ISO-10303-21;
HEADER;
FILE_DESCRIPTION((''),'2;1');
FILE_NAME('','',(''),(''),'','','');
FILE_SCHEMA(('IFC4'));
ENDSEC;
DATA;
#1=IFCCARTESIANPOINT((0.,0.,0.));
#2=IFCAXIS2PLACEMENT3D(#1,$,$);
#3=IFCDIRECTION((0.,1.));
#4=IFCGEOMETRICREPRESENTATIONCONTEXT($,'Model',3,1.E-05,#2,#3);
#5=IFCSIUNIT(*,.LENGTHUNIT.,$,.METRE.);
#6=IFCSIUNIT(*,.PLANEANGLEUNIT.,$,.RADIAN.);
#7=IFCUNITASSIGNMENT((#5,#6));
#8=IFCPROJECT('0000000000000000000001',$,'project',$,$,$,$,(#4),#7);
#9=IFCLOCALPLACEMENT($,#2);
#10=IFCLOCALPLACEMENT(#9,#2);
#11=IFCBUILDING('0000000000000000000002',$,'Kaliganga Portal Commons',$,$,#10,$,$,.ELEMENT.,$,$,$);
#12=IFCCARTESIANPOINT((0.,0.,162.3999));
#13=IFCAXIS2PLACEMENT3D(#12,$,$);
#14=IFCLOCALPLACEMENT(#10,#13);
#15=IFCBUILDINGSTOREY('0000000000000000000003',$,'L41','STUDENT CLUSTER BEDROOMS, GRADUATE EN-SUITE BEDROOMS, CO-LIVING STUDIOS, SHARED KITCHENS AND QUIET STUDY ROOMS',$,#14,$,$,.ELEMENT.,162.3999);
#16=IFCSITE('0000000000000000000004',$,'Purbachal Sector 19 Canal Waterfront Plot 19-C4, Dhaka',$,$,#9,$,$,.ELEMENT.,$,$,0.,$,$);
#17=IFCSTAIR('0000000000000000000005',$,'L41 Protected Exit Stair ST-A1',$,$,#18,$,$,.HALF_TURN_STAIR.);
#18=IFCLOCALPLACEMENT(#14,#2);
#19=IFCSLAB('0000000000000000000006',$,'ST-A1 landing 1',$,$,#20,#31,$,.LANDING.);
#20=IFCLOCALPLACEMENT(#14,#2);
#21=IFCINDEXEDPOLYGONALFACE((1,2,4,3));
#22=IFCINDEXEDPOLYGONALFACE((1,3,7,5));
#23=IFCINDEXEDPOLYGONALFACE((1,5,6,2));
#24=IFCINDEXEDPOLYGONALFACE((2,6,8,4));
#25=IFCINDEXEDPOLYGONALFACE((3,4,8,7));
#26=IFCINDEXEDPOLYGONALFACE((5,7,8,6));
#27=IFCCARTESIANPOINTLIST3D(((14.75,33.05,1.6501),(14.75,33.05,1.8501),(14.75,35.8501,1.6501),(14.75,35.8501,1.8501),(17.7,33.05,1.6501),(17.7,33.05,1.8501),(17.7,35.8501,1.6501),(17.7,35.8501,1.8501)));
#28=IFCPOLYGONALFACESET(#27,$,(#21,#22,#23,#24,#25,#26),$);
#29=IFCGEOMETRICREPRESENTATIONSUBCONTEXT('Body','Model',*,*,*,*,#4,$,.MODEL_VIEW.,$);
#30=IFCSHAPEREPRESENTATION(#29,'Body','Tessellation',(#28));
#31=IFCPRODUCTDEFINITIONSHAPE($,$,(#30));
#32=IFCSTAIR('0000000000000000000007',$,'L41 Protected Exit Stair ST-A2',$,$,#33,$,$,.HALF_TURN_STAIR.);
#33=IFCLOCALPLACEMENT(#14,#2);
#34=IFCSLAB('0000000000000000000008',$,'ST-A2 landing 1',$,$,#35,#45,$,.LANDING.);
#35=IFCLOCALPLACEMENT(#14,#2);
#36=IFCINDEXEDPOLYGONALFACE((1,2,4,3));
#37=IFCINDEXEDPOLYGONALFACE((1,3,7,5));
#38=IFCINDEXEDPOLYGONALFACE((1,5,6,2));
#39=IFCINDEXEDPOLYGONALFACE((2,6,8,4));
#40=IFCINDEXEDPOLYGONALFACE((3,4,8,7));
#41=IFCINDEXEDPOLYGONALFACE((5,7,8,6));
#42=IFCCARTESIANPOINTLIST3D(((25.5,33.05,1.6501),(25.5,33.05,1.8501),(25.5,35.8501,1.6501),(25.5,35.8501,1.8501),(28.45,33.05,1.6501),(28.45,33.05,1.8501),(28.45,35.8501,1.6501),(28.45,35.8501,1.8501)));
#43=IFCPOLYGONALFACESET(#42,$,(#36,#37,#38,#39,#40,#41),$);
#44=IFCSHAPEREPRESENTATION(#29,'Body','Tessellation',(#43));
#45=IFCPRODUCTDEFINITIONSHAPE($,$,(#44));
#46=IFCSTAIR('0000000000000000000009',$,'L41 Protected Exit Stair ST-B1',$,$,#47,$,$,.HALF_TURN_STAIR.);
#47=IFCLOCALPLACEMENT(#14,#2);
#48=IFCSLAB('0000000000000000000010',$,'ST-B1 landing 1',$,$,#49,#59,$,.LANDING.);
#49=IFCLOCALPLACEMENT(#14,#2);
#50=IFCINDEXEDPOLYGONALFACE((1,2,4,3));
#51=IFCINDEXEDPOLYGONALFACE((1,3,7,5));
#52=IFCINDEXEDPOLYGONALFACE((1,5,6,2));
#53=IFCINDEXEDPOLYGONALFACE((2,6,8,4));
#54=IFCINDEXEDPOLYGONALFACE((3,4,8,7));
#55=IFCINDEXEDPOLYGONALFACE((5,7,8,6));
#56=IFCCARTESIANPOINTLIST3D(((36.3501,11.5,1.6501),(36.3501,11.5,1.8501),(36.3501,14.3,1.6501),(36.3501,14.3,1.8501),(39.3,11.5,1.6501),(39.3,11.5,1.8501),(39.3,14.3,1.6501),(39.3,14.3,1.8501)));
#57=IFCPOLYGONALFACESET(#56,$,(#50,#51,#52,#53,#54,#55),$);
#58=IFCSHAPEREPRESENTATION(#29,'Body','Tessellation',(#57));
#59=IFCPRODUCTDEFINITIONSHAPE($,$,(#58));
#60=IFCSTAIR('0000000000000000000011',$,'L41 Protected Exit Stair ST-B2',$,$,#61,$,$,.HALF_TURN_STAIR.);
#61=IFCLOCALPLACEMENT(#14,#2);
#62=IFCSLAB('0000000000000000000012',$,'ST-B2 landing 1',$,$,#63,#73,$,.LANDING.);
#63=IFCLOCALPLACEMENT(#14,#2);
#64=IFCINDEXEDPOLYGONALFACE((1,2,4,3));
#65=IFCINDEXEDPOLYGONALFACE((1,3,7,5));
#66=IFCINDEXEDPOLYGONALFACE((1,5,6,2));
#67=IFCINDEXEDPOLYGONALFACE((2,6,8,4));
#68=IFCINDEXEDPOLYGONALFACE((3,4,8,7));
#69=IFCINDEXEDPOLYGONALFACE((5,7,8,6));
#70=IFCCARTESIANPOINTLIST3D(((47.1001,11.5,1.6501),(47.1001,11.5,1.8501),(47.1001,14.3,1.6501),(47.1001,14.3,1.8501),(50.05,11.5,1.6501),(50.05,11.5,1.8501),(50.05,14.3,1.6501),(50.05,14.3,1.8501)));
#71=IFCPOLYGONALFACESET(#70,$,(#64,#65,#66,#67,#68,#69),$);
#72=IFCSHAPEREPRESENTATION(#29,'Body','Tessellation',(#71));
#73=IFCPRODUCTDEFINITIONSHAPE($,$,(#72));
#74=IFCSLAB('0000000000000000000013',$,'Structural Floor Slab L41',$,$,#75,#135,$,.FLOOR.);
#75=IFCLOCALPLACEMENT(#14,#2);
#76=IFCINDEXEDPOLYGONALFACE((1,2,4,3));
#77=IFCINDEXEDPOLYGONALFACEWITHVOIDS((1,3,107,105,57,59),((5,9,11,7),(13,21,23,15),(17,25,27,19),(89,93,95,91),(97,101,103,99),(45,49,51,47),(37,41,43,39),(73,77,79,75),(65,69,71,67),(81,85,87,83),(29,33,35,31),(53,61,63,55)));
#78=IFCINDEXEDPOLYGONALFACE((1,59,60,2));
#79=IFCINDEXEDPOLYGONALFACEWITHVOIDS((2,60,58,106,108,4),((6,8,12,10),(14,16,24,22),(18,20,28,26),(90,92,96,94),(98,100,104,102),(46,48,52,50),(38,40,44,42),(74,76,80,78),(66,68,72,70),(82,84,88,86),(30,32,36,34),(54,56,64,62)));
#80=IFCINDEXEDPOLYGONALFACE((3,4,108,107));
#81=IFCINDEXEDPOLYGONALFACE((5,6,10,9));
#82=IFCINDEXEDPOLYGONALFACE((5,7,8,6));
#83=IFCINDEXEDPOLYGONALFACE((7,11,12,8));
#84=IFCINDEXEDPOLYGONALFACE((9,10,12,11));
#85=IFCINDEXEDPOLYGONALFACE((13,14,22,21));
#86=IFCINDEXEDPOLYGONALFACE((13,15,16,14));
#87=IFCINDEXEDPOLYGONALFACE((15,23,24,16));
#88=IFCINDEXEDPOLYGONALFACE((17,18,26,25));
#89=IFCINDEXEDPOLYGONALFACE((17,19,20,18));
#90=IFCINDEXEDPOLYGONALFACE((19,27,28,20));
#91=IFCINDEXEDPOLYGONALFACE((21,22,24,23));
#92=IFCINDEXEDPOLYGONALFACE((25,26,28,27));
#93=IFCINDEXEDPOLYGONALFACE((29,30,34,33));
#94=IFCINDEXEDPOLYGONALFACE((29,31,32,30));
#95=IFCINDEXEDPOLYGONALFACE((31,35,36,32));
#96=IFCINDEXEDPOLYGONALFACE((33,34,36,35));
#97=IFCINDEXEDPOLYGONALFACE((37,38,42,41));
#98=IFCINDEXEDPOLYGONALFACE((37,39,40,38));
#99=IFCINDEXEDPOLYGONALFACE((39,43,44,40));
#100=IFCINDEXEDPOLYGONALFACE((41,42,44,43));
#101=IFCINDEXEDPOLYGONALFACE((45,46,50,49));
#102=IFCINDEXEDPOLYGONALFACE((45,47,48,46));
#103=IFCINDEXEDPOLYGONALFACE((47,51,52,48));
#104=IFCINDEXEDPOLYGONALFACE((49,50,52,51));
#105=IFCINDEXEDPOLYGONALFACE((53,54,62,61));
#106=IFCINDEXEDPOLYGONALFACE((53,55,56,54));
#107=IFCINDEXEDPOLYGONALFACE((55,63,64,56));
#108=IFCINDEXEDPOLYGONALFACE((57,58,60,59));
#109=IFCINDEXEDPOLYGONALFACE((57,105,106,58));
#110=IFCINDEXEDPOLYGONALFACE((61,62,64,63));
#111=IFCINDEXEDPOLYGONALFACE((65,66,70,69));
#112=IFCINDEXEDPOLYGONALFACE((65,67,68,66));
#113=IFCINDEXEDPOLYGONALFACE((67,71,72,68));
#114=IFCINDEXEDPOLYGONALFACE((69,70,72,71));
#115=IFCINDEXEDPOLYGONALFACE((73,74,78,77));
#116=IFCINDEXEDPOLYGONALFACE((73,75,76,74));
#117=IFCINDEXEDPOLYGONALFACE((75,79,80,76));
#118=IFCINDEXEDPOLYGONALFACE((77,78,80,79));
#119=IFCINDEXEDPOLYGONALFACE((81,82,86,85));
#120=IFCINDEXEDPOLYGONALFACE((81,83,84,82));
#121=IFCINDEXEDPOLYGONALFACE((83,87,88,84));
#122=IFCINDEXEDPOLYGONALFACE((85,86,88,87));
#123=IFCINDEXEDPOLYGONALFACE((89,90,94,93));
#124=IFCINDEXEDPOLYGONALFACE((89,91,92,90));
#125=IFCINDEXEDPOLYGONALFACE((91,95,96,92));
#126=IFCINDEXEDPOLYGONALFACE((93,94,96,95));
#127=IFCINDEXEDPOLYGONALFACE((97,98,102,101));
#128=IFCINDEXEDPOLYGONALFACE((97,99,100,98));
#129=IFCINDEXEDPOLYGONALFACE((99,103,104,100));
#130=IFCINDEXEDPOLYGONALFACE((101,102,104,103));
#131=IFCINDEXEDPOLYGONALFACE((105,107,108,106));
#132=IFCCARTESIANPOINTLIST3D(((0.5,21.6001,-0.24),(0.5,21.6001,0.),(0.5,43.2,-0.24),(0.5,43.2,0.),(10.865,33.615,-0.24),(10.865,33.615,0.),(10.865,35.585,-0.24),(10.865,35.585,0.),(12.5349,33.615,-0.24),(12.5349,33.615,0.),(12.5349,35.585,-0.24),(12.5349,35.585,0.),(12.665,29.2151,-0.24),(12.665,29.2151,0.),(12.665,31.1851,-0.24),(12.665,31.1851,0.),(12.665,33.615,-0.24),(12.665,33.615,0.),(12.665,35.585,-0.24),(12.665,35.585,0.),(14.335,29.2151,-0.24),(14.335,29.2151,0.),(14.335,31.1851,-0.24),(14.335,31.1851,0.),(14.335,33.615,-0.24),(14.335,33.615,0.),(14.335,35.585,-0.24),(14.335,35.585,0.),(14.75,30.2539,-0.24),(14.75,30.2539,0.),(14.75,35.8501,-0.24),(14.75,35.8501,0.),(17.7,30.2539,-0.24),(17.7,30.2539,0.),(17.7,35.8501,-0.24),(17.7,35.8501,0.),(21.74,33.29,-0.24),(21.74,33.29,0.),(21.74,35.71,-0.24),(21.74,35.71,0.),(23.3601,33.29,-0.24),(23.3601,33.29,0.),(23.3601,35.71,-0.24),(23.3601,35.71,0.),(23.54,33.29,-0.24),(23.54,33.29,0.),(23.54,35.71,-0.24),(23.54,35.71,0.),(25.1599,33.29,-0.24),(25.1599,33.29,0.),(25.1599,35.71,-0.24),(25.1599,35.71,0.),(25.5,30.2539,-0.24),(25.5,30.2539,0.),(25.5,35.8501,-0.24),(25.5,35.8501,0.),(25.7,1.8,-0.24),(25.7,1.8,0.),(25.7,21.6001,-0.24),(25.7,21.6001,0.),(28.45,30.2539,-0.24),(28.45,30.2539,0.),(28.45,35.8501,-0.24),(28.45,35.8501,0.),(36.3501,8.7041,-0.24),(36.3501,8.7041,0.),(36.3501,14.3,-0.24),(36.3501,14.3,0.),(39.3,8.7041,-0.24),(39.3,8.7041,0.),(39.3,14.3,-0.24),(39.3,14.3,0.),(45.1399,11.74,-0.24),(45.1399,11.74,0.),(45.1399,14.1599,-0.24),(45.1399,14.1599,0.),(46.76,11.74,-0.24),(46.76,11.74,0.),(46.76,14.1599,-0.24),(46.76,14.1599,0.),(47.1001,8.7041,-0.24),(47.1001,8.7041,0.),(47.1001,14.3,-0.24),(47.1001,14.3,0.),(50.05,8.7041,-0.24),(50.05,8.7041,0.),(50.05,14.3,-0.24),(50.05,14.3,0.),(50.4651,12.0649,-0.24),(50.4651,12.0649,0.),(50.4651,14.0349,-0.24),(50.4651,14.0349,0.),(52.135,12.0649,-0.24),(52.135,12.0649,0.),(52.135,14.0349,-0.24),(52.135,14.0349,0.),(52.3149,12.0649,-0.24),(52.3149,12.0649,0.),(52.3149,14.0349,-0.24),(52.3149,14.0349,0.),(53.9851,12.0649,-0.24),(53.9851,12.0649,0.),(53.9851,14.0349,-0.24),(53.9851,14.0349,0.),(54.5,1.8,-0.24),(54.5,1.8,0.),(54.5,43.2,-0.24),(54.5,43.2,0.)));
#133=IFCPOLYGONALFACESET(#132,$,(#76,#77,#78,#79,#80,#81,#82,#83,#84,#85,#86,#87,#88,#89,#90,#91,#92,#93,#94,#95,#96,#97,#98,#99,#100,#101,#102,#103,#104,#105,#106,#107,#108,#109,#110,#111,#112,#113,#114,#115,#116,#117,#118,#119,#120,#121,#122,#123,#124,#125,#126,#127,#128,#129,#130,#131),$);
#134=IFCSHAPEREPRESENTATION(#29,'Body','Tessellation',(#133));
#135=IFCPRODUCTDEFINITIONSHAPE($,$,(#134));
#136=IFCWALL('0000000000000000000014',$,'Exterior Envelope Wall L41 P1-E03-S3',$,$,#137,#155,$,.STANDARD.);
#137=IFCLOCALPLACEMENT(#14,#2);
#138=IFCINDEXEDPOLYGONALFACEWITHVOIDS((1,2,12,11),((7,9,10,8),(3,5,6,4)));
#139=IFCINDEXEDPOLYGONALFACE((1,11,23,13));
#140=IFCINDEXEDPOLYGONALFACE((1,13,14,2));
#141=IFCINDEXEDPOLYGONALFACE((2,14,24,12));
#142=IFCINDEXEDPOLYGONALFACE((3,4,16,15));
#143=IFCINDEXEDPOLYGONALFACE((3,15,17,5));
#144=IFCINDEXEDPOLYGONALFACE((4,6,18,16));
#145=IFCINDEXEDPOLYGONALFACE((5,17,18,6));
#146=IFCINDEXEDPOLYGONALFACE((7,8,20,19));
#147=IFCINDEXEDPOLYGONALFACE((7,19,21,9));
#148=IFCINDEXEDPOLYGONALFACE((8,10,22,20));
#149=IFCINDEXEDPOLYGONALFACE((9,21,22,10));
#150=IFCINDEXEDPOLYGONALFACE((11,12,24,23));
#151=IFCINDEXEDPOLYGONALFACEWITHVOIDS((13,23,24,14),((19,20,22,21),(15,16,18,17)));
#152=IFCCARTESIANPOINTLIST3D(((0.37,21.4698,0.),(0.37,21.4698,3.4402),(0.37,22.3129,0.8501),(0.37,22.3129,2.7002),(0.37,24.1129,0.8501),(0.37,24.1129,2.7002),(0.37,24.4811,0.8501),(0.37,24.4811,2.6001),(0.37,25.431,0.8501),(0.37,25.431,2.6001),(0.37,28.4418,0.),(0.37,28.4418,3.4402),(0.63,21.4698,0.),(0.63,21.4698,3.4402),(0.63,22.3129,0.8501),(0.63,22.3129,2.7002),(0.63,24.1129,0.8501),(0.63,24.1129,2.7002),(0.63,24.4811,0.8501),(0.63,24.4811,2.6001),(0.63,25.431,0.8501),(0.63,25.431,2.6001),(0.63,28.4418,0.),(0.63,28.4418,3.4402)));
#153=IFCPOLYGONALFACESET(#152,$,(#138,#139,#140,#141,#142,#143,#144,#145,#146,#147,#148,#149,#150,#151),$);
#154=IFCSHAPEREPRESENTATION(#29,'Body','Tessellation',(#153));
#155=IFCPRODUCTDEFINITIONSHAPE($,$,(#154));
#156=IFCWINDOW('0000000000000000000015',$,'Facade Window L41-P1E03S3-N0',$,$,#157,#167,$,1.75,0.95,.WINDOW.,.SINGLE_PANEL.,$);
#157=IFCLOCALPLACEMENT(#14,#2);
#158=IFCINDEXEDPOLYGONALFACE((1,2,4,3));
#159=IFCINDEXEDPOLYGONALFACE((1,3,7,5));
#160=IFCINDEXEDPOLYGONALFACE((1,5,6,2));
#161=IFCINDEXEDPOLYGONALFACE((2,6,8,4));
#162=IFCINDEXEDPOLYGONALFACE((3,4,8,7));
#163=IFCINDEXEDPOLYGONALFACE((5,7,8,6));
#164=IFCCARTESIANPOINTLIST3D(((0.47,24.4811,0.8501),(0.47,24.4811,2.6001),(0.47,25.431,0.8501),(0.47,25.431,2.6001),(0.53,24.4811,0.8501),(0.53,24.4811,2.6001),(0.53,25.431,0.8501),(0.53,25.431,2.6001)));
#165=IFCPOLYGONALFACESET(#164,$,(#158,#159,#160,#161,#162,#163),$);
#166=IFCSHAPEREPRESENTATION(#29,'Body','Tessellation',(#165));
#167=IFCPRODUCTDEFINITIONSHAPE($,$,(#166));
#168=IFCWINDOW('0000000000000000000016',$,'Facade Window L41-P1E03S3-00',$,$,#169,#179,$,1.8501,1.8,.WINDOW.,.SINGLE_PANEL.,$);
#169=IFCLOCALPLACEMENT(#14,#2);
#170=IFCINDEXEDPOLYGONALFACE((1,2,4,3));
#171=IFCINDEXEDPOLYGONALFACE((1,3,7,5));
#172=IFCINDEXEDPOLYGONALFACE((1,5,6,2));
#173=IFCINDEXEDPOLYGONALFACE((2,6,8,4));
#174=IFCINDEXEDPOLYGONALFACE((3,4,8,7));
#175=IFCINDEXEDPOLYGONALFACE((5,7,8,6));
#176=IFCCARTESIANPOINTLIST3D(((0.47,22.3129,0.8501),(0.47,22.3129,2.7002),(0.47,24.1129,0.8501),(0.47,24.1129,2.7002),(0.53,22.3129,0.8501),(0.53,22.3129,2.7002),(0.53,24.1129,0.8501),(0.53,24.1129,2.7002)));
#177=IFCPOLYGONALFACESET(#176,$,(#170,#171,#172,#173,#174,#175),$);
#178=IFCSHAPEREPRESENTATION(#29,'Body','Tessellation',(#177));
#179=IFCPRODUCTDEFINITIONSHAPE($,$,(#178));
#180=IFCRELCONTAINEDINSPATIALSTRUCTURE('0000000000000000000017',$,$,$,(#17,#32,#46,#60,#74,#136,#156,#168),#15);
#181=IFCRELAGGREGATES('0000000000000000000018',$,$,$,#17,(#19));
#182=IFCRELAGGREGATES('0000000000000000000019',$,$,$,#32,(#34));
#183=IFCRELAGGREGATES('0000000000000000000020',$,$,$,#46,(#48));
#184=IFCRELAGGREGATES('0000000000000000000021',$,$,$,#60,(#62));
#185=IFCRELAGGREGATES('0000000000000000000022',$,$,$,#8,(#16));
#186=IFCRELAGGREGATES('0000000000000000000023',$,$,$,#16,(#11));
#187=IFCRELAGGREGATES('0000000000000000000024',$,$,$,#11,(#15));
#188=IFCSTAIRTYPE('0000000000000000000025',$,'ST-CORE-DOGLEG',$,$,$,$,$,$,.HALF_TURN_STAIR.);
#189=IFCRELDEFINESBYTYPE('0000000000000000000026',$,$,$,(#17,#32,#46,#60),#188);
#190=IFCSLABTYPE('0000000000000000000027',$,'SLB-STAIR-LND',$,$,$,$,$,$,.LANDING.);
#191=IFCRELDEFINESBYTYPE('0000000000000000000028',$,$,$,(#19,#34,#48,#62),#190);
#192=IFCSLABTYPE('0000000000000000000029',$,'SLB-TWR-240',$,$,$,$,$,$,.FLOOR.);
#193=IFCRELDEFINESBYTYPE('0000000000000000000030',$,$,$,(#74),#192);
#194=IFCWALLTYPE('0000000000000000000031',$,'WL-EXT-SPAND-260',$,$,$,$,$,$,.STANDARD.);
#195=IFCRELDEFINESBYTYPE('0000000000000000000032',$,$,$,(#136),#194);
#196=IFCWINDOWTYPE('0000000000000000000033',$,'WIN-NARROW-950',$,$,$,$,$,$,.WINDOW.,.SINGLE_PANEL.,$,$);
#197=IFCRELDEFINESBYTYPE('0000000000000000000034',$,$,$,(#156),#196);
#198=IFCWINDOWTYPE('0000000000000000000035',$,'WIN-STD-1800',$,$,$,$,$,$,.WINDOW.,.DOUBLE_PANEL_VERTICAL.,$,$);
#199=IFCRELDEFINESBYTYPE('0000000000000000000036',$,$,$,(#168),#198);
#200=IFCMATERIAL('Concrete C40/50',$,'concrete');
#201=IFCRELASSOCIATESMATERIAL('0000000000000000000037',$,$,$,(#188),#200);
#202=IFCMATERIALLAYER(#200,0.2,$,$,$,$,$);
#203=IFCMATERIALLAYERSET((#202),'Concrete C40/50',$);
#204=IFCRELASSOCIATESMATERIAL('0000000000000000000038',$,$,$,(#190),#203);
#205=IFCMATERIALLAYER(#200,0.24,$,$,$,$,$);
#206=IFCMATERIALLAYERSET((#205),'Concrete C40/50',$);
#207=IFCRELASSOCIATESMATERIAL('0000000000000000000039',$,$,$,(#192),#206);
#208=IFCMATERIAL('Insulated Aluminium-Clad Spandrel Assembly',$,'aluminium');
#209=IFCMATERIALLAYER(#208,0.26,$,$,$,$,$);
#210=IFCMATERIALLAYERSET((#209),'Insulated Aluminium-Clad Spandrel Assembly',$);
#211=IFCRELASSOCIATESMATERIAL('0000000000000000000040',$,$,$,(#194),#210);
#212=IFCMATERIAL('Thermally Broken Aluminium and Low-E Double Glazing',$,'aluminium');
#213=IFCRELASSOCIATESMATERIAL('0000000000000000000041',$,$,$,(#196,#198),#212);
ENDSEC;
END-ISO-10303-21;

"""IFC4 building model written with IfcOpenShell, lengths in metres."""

from ifc_helpers import new_model, si_unit, direction, frame, frame_2d, origin, place, context, subcontext, project, spatial, polyline, rectangle, outline, extrude, material, layer, layer_set, type_object, element, fill, aggregate, save


model = new_model("IFC4")

# Units and contexts
model_context = context("Model", 3, precision=1e-05, world=origin(), true_north=direction((0.0, 1.0)))
body_context = subcontext(model_context, "Body", "Model", "MODEL_VIEW")
ifc_project = project(units=[si_unit("LENGTHUNIT", "METRE"), si_unit("PLANEANGLEUNIT", "RADIAN")], contexts=[model_context])

# Site, building, storey
site_placement = place(None, origin())
site = spatial("IfcSite", under=ifc_project, at=site_placement, Name="Purbachal Sector 19 Canal Waterfront Plot 19-C4, Dhaka", CompositionType="ELEMENT", RefElevation=0.0)
building_placement = place(site_placement, origin())
building = spatial("IfcBuilding", under=site, at=building_placement, Name="Kaliganga Portal Commons", CompositionType="ELEMENT")
storey_placement = place(building_placement, frame((0.0, 0.0, 162.3999)))
storey = spatial("IfcBuildingStorey", under=building, at=storey_placement, Name="L41", Description="STUDENT CLUSTER BEDROOMS, GRADUATE EN-SUITE BEDROOMS, CO-LIVING STUDIOS, SHARED KITCHENS AND QUIET STUDY ROOMS", CompositionType="ELEMENT", Elevation=162.3999)

# Shared definitions
ifc_material_1 = material(Name="Concrete C40/50", Category="concrete")

# Stairs, slabs
stair_type = type_object("IfcStairType", Name="ST-CORE-DOGLEG", PredefinedType="HALF_TURN_STAIR", material=ifc_material_1)
stair_1_placement = place(storey_placement, origin())
stair_1 = element("IfcStair", 1, at=stair_1_placement, inside=storey, type_object=stair_type, Name="L41 Protected Exit Stair ST-A1", PredefinedType="HALF_TURN_STAIR")
ifc_layer_1 = layer(ifc_material_1, 0.2)
ifc_layer_set_1 = layer_set([ifc_layer_1], Name="Concrete C40/50")
slab_type_1 = type_object("IfcSlabType", Name="SLB-STAIR-LND", PredefinedType="LANDING", material=ifc_layer_set_1)
slab_1_placement = place(storey_placement, frame((0.0, 0.0, 1.6501)))
slab_1 = element("IfcSlab", 2, at=slab_1_placement, type_object=slab_type_1, Name="ST-A1 landing 1", PredefinedType="LANDING", context=body_context, shape_type="SweptSolid", body=[
    extrude(outline(polyline([(17.7, 33.05), (17.7, 35.8501), (14.75, 35.8501), (14.75, 33.05), (17.7, 33.05)])), origin(), (0.0, 0.0, 1.0), 0.2),
])
aggregate(stair_1, [slab_1])
stair_2_placement = place(storey_placement, origin())
stair_2 = element("IfcStair", 3, at=stair_2_placement, inside=storey, type_object=stair_type, Name="L41 Protected Exit Stair ST-A2", PredefinedType="HALF_TURN_STAIR")
slab_2_placement = place(storey_placement, frame((0.0, 0.0, 1.6501)))
slab_2 = element("IfcSlab", 4, at=slab_2_placement, type_object=slab_type_1, Name="ST-A2 landing 1", PredefinedType="LANDING", context=body_context, shape_type="SweptSolid", body=[
    extrude(outline(polyline([(28.45, 33.05), (28.45, 35.8501), (25.5, 35.8501), (25.5, 33.05), (28.45, 33.05)])), origin(), (0.0, 0.0, 1.0), 0.2),
])
aggregate(stair_2, [slab_2])
stair_3_placement = place(storey_placement, origin())
stair_3 = element("IfcStair", 5, at=stair_3_placement, inside=storey, type_object=stair_type, Name="L41 Protected Exit Stair ST-B1", PredefinedType="HALF_TURN_STAIR")
slab_3_placement = place(storey_placement, frame((0.0, 0.0, 1.6501)))
slab_3 = element("IfcSlab", 6, at=slab_3_placement, type_object=slab_type_1, Name="ST-B1 landing 1", PredefinedType="LANDING", context=body_context, shape_type="SweptSolid", body=[
    extrude(outline(polyline([(39.3, 11.5), (39.3, 14.3), (36.3501, 14.3), (36.3501, 11.5), (39.3, 11.5)])), origin(), (0.0, 0.0, 1.0), 0.2),
])
aggregate(stair_3, [slab_3])
stair_4_placement = place(storey_placement, origin())
stair_4 = element("IfcStair", 7, at=stair_4_placement, inside=storey, type_object=stair_type, Name="L41 Protected Exit Stair ST-B2", PredefinedType="HALF_TURN_STAIR")
slab_4_placement = place(storey_placement, frame((0.0, 0.0, 1.6501)))
slab_4 = element("IfcSlab", 8, at=slab_4_placement, type_object=slab_type_1, Name="ST-B2 landing 1", PredefinedType="LANDING", context=body_context, shape_type="SweptSolid", body=[
    extrude(outline(polyline([(50.05, 11.5), (50.05, 14.3), (47.1001, 14.3), (47.1001, 11.5), (50.05, 11.5)])), origin(), (0.0, 0.0, 1.0), 0.2),
])
aggregate(stair_4, [slab_4])

# Slab
ifc_layer_2 = layer(ifc_material_1, 0.24)
ifc_layer_set_2 = layer_set([ifc_layer_2], Name="Concrete C40/50")
slab_type_2 = type_object("IfcSlabType", Name="SLB-TWR-240", PredefinedType="FLOOR", material=ifc_layer_set_2)
slab_5_placement = place(storey_placement, frame((0.0, 0.0, -0.24)))
element("IfcSlab", 9, at=slab_5_placement, inside=storey, type_object=slab_type_2, Name="Structural Floor Slab L41", PredefinedType="FLOOR", context=body_context, shape_type="SweptSolid", body=[
    extrude(outline(polyline([(25.7, 1.8), (54.5, 1.8), (54.5, 43.2), (0.5, 43.2), (0.5, 21.6001), (25.7, 21.6001), (25.7, 1.8)]), holes=[polyline([(14.75, 30.2539), (14.75, 35.8501), (17.7, 35.8501), (17.7, 30.2539), (14.75, 30.2539)]), polyline([(25.5, 30.2539), (25.5, 35.8501), (28.45, 35.8501), (28.45, 30.2539), (25.5, 30.2539)]), polyline([(36.3501, 8.7041), (36.3501, 14.3), (39.3, 14.3), (39.3, 8.7041), (36.3501, 8.7041)]), polyline([(47.1001, 8.7041), (47.1001, 14.3), (50.05, 14.3), (50.05, 8.7041), (47.1001, 8.7041)]), polyline([(12.665, 33.615), (12.665, 35.585), (14.335, 35.585), (14.335, 33.615), (12.665, 33.615)]), polyline([(12.665, 29.2151), (12.665, 31.1851), (14.335, 31.1851), (14.335, 29.2151), (12.665, 29.2151)]), polyline([(10.865, 33.615), (10.865, 35.585), (12.5349, 35.585), (12.5349, 33.615), (10.865, 33.615)]), polyline([(21.74, 33.29), (21.74, 35.71), (23.3601, 35.71), (23.3601, 33.29), (21.74, 33.29)]), polyline([(23.54, 33.29), (23.54, 35.71), (25.1599, 35.71), (25.1599, 33.29), (23.54, 33.29)]), polyline([(50.4651, 12.0649), (50.4651, 14.0349), (52.135, 14.0349), (52.135, 12.0649), (50.4651, 12.0649)]), polyline([(52.3149, 12.0649), (52.3149, 14.0349), (53.9851, 14.0349), (53.9851, 12.0649), (52.3149, 12.0649)]), polyline([(45.1399, 11.74), (45.1399, 14.1599), (46.76, 14.1599), (46.76, 11.74), (45.1399, 11.74)])]), origin(), (0.0, 0.0, 1.0), 0.24),
])

# Wall, openings, windows
ifc_material_2 = material(Name="Insulated Aluminium-Clad Spandrel Assembly", Category="aluminium")
ifc_layer_3 = layer(ifc_material_2, 0.26)
ifc_layer_set_3 = layer_set([ifc_layer_3], Name="Insulated Aluminium-Clad Spandrel Assembly")
wall_type_1 = type_object("IfcWallType", Name="WL-EXT-SPAND-260", PredefinedType="STANDARD", material=ifc_layer_set_3)
wall_1_placement = place(storey_placement, frame((0.5, 21.47, 0.0), z_axis=(0.0, 0.0, 1.0), x_axis=(0.0, 1.0, 0.0)))
wall_1 = element("IfcWall", 10, at=wall_1_placement, inside=storey, type_object=wall_type_1, Name="Exterior Envelope Wall L41 P1-E03-S3", PredefinedType="STANDARD", context=body_context, shape_type="SweptSolid", body=[
    extrude(rectangle(XDim=6.9719, YDim=0.26, at=frame_2d((3.4858, 0.0))), origin(), (0.0, 0.0, 1.0), 3.4402),
])
opening_1_placement = place(wall_1_placement, frame((0.843, 0.0, 0.8501)))
opening_1 = element("IfcOpeningElement", 11, at=opening_1_placement, cuts=wall_1, PredefinedType="OPENING", context=body_context, shape_type="SweptSolid", body=[
    extrude(rectangle(XDim=1.8, YDim=1.8501, at=frame_2d((0.8999, 0.925))), frame((0.0, 0.1401, 0.0), z_axis=(0.0, -1.0, 0.0), x_axis=(1.0, 0.0, 0.0)), (0.0, 0.0, 1.0), 0.28),
])
opening_2_placement = place(wall_1_placement, frame((3.011, 0.0, 0.8501)))
opening_2 = element("IfcOpeningElement", 12, at=opening_2_placement, cuts=wall_1, PredefinedType="OPENING", context=body_context, shape_type="SweptSolid", body=[
    extrude(rectangle(XDim=0.95, YDim=1.75, at=frame_2d((0.4751, 0.875))), frame((0.0, 0.1401, 0.0), z_axis=(0.0, -1.0, 0.0), x_axis=(1.0, 0.0, 0.0)), (0.0, 0.0, 1.0), 0.28),
])
ifc_material_3 = material(Name="Thermally Broken Aluminium and Low-E Double Glazing", Category="aluminium")
window_type_1 = type_object("IfcWindowType", Name="WIN-NARROW-950", PartitioningType="SINGLE_PANEL", PredefinedType="WINDOW", material=ifc_material_3)
window_1_placement = place(opening_2_placement, origin())
window_1 = element("IfcWindow", 13, at=window_1_placement, inside=storey, type_object=window_type_1, Name="Facade Window L41-P1E03S3-N0", OverallHeight=1.75, OverallWidth=0.95, PartitioningType="SINGLE_PANEL", PredefinedType="WINDOW", context=body_context, shape_type="SweptSolid", body=[
    extrude(rectangle(XDim=0.95, YDim=1.75, at=frame_2d((0.4751, 0.875))), frame((0.0, 0.03, 0.0), z_axis=(0.0, -1.0, 0.0), x_axis=(1.0, 0.0, 0.0)), (0.0, 0.0, 1.0), 0.0601),
])
fill(opening_2, window_1)
window_type_2 = type_object("IfcWindowType", Name="WIN-STD-1800", PartitioningType="DOUBLE_PANEL_VERTICAL", PredefinedType="WINDOW", material=ifc_material_3)
window_2_placement = place(opening_1_placement, origin())
window_2 = element("IfcWindow", 14, at=window_2_placement, inside=storey, type_object=window_type_2, Name="Facade Window L41-P1E03S3-00", OverallHeight=1.8501, OverallWidth=1.8, PartitioningType="SINGLE_PANEL", PredefinedType="WINDOW", context=body_context, shape_type="SweptSolid", body=[
    extrude(rectangle(XDim=1.8, YDim=1.8501, at=frame_2d((0.8999, 0.925))), frame((0.0, 0.03, 0.0), z_axis=(0.0, -1.0, 0.0), x_axis=(1.0, 0.0, 0.0)), (0.0, 0.0, 1.0), 0.0601),
])
fill(opening_1, window_2)

save(model, "model.ifc")
